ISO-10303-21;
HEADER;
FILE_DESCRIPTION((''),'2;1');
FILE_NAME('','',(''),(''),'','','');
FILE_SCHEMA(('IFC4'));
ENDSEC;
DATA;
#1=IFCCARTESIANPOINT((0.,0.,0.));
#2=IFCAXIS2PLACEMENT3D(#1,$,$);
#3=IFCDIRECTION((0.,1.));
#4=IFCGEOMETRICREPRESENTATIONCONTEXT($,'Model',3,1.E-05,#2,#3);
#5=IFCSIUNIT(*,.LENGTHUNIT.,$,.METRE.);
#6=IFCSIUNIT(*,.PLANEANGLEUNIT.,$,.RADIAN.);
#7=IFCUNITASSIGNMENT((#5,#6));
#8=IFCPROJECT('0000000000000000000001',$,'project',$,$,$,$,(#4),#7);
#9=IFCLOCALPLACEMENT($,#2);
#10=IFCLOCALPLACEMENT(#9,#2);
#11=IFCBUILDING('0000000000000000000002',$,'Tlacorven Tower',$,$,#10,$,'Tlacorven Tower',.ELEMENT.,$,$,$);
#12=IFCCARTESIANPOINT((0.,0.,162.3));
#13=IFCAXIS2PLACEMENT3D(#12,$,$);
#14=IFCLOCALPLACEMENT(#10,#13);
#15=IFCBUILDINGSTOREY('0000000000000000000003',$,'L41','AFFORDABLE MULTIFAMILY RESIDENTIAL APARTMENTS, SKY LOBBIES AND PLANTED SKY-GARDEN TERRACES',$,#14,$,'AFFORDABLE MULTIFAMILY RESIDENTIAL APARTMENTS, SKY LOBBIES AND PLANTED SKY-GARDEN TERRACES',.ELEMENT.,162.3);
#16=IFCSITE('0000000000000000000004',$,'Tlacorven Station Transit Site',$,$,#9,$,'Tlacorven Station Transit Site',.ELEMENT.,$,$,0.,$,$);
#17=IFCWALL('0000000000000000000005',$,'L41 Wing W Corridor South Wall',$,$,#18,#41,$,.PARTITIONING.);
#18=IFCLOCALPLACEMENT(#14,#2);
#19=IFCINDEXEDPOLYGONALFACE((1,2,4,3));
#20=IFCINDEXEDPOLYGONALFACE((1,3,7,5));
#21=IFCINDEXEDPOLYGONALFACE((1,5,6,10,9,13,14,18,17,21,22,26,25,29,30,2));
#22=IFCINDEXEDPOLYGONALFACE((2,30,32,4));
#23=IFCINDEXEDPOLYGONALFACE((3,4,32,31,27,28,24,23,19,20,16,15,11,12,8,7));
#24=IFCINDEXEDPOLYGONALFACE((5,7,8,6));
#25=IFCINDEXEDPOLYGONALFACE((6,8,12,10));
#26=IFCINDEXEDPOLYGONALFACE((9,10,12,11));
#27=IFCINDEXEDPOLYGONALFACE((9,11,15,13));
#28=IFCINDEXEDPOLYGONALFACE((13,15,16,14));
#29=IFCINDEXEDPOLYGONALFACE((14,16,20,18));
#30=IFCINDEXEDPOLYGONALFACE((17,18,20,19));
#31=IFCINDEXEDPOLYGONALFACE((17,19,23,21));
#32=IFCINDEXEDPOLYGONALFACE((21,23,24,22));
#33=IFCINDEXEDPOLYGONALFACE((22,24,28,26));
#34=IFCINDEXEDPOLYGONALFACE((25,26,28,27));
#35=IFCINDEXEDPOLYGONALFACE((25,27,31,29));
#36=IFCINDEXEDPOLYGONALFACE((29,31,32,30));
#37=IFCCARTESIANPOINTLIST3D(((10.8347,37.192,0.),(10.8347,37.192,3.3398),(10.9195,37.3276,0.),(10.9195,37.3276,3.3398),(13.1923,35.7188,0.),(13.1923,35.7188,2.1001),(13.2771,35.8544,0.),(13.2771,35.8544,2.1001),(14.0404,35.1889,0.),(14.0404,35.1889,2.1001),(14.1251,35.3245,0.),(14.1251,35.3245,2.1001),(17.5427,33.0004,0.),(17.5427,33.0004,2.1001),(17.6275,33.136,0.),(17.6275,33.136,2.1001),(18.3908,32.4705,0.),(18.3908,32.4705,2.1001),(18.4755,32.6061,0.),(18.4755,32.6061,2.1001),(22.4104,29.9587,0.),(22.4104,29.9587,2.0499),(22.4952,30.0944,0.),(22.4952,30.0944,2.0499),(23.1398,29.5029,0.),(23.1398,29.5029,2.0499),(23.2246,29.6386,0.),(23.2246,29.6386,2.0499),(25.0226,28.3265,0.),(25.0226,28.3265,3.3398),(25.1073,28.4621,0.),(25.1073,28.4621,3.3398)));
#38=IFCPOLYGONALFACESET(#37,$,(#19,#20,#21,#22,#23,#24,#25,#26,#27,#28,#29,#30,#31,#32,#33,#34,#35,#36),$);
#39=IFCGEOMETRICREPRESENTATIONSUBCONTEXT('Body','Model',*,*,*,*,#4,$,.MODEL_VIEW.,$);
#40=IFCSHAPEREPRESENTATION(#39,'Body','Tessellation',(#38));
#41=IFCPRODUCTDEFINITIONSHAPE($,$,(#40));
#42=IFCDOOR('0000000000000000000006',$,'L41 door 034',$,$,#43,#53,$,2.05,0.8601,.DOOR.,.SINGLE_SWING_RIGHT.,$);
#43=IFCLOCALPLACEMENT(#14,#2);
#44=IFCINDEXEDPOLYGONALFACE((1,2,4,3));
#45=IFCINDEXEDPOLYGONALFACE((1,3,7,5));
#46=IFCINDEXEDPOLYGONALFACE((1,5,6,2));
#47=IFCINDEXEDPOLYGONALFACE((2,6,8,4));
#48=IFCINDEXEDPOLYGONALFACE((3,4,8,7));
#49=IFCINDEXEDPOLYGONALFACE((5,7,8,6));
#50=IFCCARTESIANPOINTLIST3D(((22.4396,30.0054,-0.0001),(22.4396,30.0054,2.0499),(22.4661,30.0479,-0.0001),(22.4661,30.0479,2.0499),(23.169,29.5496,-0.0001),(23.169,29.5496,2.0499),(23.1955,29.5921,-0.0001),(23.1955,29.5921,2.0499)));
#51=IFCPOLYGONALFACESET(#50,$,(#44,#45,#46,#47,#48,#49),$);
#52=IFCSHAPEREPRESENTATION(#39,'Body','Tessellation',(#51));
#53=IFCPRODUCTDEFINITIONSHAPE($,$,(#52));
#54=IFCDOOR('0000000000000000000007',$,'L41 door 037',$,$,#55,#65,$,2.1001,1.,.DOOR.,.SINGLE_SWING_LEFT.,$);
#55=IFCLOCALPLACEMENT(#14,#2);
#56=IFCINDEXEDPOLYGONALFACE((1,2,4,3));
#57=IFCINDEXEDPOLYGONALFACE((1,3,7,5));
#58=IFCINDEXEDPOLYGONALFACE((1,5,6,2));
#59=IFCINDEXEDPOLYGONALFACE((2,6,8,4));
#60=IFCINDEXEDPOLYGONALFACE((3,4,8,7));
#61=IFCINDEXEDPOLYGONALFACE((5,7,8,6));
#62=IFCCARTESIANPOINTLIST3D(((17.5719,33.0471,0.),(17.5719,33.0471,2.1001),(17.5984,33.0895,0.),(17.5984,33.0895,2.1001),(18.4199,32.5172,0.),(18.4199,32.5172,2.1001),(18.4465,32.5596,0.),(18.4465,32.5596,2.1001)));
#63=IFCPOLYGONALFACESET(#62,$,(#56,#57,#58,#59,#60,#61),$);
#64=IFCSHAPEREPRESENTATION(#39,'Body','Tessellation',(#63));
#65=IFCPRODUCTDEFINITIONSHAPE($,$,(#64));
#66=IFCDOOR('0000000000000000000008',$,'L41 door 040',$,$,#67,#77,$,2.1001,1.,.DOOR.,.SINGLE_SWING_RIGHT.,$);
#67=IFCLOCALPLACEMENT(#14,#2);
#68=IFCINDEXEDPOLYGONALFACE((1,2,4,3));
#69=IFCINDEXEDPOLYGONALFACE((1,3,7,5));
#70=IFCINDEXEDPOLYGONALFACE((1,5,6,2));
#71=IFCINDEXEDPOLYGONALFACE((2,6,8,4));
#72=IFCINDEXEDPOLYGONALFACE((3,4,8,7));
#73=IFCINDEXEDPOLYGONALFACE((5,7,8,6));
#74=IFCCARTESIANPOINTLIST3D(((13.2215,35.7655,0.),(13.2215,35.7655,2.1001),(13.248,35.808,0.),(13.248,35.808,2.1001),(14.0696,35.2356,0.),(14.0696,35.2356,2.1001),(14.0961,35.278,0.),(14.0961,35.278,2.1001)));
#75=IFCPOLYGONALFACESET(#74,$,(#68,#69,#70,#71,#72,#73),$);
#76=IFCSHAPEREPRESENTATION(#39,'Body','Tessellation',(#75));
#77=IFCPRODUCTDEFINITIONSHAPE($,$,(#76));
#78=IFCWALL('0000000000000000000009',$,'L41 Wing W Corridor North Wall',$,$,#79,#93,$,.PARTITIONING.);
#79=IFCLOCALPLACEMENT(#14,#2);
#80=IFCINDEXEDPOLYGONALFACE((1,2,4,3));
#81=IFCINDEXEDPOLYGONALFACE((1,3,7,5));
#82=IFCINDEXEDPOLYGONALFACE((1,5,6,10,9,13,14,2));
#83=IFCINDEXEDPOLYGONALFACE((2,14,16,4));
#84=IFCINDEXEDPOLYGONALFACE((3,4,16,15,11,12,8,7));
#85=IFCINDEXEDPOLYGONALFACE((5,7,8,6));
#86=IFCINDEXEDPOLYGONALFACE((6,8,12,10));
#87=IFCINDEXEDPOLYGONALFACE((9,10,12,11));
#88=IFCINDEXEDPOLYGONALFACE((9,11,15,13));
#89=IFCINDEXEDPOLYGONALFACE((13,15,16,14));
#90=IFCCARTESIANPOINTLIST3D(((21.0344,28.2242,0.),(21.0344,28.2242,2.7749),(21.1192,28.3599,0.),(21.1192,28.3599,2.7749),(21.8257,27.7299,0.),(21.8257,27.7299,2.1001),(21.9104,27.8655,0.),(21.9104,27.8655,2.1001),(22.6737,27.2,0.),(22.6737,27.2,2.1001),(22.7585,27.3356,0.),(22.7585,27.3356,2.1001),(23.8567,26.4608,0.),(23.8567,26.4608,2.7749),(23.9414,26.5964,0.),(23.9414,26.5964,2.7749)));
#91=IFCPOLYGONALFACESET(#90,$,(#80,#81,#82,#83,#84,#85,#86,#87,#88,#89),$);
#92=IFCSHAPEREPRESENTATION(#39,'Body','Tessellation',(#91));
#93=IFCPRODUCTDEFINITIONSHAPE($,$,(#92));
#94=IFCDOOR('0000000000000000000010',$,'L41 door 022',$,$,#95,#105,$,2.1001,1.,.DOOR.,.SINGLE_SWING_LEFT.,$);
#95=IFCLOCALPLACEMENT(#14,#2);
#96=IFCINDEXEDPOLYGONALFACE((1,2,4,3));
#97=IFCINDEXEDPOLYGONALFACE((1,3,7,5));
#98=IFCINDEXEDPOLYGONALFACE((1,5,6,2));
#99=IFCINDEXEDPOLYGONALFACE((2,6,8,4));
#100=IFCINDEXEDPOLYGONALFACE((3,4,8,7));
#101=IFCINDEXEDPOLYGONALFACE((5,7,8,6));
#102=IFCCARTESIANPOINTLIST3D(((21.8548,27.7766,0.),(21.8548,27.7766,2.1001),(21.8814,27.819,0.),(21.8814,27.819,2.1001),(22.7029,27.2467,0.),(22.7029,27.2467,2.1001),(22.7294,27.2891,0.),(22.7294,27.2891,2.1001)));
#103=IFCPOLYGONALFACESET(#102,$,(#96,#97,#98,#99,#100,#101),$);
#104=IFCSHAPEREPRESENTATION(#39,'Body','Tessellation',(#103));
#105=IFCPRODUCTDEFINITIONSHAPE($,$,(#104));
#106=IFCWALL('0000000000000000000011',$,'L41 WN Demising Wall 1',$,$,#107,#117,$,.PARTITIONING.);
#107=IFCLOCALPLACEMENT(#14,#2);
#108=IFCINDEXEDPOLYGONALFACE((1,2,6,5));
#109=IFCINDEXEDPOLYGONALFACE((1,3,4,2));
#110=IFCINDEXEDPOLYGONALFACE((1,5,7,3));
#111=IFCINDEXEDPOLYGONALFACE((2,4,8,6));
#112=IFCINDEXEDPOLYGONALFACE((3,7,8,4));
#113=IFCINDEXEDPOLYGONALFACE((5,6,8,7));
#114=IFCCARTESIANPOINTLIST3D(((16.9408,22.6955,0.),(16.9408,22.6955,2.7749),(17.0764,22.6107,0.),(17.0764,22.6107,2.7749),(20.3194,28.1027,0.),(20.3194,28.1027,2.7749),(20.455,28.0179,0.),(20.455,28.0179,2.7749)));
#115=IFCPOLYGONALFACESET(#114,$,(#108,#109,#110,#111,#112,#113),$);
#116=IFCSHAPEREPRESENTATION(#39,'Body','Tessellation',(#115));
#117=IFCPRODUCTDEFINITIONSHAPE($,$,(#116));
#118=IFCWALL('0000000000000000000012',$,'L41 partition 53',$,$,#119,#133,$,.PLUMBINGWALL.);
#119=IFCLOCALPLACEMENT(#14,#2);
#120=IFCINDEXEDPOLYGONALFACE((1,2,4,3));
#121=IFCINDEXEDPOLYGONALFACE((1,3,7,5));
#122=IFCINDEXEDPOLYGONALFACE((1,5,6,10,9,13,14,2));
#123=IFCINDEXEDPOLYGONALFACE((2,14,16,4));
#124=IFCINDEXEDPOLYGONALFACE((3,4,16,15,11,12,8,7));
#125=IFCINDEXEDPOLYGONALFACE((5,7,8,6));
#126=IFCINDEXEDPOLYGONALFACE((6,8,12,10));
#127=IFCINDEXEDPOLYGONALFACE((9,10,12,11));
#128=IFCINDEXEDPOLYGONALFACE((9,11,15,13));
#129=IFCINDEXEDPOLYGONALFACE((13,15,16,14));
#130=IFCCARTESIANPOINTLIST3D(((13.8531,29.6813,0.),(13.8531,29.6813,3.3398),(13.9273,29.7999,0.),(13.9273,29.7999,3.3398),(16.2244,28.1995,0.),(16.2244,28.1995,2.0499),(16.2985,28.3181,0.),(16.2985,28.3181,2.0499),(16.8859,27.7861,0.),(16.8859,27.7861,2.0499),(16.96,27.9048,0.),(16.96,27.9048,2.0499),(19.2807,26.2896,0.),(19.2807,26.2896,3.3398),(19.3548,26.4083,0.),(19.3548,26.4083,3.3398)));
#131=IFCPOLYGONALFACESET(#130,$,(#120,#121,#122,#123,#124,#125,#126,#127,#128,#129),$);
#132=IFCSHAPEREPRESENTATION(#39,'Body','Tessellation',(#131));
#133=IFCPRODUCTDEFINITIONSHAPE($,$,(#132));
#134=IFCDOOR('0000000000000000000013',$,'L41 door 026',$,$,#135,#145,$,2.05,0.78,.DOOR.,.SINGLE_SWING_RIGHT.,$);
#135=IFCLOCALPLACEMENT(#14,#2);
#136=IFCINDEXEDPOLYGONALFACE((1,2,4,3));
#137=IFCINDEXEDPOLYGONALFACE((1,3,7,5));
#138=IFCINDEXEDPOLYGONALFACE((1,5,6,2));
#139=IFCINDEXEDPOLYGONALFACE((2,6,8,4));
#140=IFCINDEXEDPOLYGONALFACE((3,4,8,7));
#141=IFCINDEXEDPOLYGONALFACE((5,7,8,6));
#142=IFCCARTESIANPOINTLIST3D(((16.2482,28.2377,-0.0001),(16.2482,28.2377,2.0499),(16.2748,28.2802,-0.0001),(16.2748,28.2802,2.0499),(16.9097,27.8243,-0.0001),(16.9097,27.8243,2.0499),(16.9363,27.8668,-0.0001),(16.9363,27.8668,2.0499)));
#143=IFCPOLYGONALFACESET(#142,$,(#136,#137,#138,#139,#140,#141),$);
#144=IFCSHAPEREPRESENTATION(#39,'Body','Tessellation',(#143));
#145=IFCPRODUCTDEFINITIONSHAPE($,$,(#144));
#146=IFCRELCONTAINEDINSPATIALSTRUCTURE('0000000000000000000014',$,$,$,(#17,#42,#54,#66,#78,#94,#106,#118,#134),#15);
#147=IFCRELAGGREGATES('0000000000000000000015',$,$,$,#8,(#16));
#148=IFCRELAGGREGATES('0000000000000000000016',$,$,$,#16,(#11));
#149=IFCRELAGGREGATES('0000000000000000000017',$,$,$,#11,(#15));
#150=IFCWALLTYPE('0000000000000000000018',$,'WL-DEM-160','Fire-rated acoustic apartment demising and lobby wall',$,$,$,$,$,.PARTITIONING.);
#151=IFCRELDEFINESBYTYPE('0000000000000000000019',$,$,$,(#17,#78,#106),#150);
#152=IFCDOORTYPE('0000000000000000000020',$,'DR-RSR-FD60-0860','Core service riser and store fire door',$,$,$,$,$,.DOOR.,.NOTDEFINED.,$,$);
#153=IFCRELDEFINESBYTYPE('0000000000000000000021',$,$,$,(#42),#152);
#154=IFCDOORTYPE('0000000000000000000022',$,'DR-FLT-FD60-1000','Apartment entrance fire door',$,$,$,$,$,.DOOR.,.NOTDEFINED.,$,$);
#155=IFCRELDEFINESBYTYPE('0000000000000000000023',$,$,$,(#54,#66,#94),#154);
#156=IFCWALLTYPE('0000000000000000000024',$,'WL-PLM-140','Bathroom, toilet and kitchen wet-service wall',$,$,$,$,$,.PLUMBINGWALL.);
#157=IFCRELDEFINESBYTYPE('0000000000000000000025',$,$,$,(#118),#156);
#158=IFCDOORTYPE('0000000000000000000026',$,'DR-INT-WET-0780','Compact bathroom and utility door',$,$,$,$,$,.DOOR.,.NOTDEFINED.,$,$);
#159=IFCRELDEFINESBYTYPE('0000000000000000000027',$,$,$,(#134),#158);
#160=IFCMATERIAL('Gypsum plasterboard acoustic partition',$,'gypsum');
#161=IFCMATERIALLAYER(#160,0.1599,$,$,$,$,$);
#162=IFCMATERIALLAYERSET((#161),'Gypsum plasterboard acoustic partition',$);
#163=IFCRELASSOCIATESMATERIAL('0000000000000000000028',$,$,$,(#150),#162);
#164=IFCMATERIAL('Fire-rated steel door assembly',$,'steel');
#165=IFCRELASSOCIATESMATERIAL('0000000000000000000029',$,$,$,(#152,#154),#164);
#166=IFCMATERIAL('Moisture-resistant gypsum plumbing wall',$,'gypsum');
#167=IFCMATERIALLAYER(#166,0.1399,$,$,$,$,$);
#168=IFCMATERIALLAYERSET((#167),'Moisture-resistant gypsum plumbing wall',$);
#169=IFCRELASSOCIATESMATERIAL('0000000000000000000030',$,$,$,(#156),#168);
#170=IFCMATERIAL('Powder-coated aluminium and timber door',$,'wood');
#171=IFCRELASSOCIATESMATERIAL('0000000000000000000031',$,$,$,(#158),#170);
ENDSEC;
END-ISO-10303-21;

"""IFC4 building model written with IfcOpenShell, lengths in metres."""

from ifc_helpers import new_model, si_unit, direction, frame, frame_2d, origin, place, context, subcontext, project, spatial, rectangle, extrude, source, transform, mapped, material, layer, layer_set, type_object, element, fill, save


model = new_model("IFC4")

# Units and contexts
model_context = context("Model", 3, precision=1e-05, world=origin(), true_north=direction((0.0, 1.0)))
body_context = subcontext(model_context, "Body", "Model", "MODEL_VIEW")
ifc_project = project(units=[si_unit("LENGTHUNIT", "METRE"), si_unit("PLANEANGLEUNIT", "RADIAN")], contexts=[model_context])

# Site, building, storey
site_placement = place(None, origin())
site = spatial("IfcSite", under=ifc_project, at=site_placement, Name="Tlacorven Station Transit Site", LongName="Tlacorven Station Transit Site", CompositionType="ELEMENT", RefElevation=0.0)
building_placement = place(site_placement, origin())
building = spatial("IfcBuilding", under=site, at=building_placement, Name="Tlacorven Tower", LongName="Tlacorven Tower", CompositionType="ELEMENT")
storey_placement = place(building_placement, frame((0.0, 0.0, 162.3)))
storey = spatial("IfcBuildingStorey", under=building, at=storey_placement, Name="L41", Description="AFFORDABLE MULTIFAMILY RESIDENTIAL APARTMENTS, SKY LOBBIES AND PLANTED SKY-GARDEN TERRACES", LongName="AFFORDABLE MULTIFAMILY RESIDENTIAL APARTMENTS, SKY LOBBIES AND PLANTED SKY-GARDEN TERRACES", CompositionType="ELEMENT", Elevation=162.3)

# Shared definitions
ifc_material_1 = material(Name="Gypsum plasterboard acoustic partition", Category="gypsum")
ifc_layer_1 = layer(ifc_material_1, 0.1599)
ifc_layer_set_1 = layer_set([ifc_layer_1], Name="Gypsum plasterboard acoustic partition")
wall_type_1 = type_object("IfcWallType", Name="WL-DEM-160", Description="Fire-rated acoustic apartment demising and lobby wall", PredefinedType="PARTITIONING", material=ifc_layer_set_1)
ifc_material_2 = material(Name="Fire-rated steel door assembly", Category="steel")
door_type_1 = type_object("IfcDoorType", Name="DR-RSR-FD60-0860", Description="Core service riser and store fire door", OperationType="NOTDEFINED", PredefinedType="DOOR", material=ifc_material_2)
shared_shape_1 = source(origin(), body_context, "Body", "SweptSolid", [
    extrude(rectangle(XDim=0.8601, YDim=2.05, at=frame_2d((0.4302, 1.0249))), frame((0.0, 0.0249, 0.0), z_axis=(0.0, -1.0, 0.0), x_axis=(1.0, 0.0, 0.0)), (0.0, 0.0, 1.0), 0.05),
])

# Wall, openings, doors
wall_1_placement = place(storey_placement, frame((25.0649, 28.3943, 0.0), z_axis=(0.0, 0.0, 1.0), x_axis=(-0.848048, 0.529919, 0.0)))
wall_1 = element("IfcWall", 1, at=wall_1_placement, inside=storey, type_object=wall_type_1, Name="L41 Wing W Corridor South Wall", PredefinedType="PARTITIONING", context=body_context, shape_type="SweptSolid", body=[
    extrude(rectangle(XDim=16.73, YDim=0.1599, at=frame_2d((8.365, 0.0))), origin(), (0.0, 0.0, 1.0), 3.3398),
])
opening_1_placement = place(wall_1_placement, frame((2.22, 0.0, 0.0)))
opening_1 = element("IfcOpeningElement", 2, at=opening_1_placement, cuts=wall_1, PredefinedType="OPENING", context=body_context, shape_type="SweptSolid", body=[
    extrude(rectangle(XDim=0.8601, YDim=2.05, at=frame_2d((0.4302, 1.0249))), frame((0.0, 0.0898, 0.0), z_axis=(0.0, -1.0, 0.0), x_axis=(1.0, 0.0, 0.0)), (0.0, 0.0, 1.0), 0.1799),
])
opening_2_placement = place(wall_1_placement, frame((7.8201, 0.0, 0.0)))
opening_2 = element("IfcOpeningElement", 3, at=opening_2_placement, cuts=wall_1, PredefinedType="OPENING", context=body_context, shape_type="SweptSolid", body=[
    extrude(rectangle(XDim=1.0, YDim=2.1001, at=frame_2d((0.5, 1.05))), frame((0.0, 0.0898, 0.0), z_axis=(0.0, -1.0, 0.0), x_axis=(1.0, 0.0, 0.0)), (0.0, 0.0, 1.0), 0.1799),
])
opening_3_placement = place(wall_1_placement, frame((12.95, 0.0, 0.0)))
opening_3 = element("IfcOpeningElement", 4, at=opening_3_placement, cuts=wall_1, PredefinedType="OPENING", context=body_context, shape_type="SweptSolid", body=[
    extrude(rectangle(XDim=1.0, YDim=2.1001, at=frame_2d((0.5, 1.05))), frame((0.0, 0.0898, 0.0), z_axis=(0.0, -1.0, 0.0), x_axis=(1.0, 0.0, 0.0)), (0.0, 0.0, 1.0), 0.1799),
])
door_1_placement = place(opening_1_placement, origin())
door_1 = element("IfcDoor", 5, at=door_1_placement, inside=storey, type_object=door_type_1, Name="L41 door 034", OperationType="SINGLE_SWING_RIGHT", OverallHeight=2.05, OverallWidth=0.8601, PredefinedType="DOOR", context=body_context, shape_type="MappedRepresentation", body=[
    mapped(shared_shape_1, transform((0.0, 0.0, 0.0), scale=1.0)),
])
fill(opening_1, door_1)
door_type_2 = type_object("IfcDoorType", Name="DR-FLT-FD60-1000", Description="Apartment entrance fire door", OperationType="NOTDEFINED", PredefinedType="DOOR", material=ifc_material_2)
shared_shape_2 = source(origin(), body_context, "Body", "SweptSolid", [
    extrude(rectangle(XDim=1.0, YDim=2.1001, at=frame_2d((0.5, 1.05))), frame((0.0, 0.0249, 0.0), z_axis=(0.0, -1.0, 0.0), x_axis=(1.0, 0.0, 0.0)), (0.0, 0.0, 1.0), 0.05),
])
door_2_placement = place(opening_2_placement, origin())
door_2 = element("IfcDoor", 6, at=door_2_placement, inside=storey, type_object=door_type_2, Name="L41 door 037", OperationType="SINGLE_SWING_LEFT", OverallHeight=2.1001, OverallWidth=1.0, PredefinedType="DOOR", context=body_context, shape_type="MappedRepresentation", body=[
    mapped(shared_shape_2, transform((0.0, 0.0, 0.0), scale=1.0)),
])
fill(opening_2, door_2)
door_3_placement = place(opening_3_placement, origin())
door_3 = element("IfcDoor", 7, at=door_3_placement, inside=storey, type_object=door_type_2, Name="L41 door 040", OperationType="SINGLE_SWING_RIGHT", OverallHeight=2.1001, OverallWidth=1.0, PredefinedType="DOOR", context=body_context, shape_type="MappedRepresentation", body=[
    mapped(shared_shape_2, transform((0.0, 0.0, 0.0), scale=1.0)),
])
fill(opening_3, door_3)

# Wall, opening, door
wall_2_placement = place(storey_placement, frame((23.8992, 26.5286, 0.0), z_axis=(0.0, 0.0, 1.0), x_axis=(-0.848064, 0.529893, 0.0)))
wall_2 = element("IfcWall", 8, at=wall_2_placement, inside=storey, type_object=wall_type_1, Name="L41 Wing W Corridor North Wall", PredefinedType="PARTITIONING", context=body_context, shape_type="SweptSolid", body=[
    extrude(rectangle(XDim=3.3279, YDim=0.1599, at=frame_2d((1.6641, 0.0))), origin(), (0.0, 0.0, 1.0), 2.7749),
])
opening_4_placement = place(wall_2_placement, frame((1.395, 0.0, 0.0)))
opening_4 = element("IfcOpeningElement", 9, at=opening_4_placement, cuts=wall_2, PredefinedType="OPENING", context=body_context, shape_type="SweptSolid", body=[
    extrude(rectangle(XDim=1.0, YDim=2.1001, at=frame_2d((0.5, 1.05))), frame((0.0, 0.0898, 0.0), z_axis=(0.0, -1.0, 0.0), x_axis=(1.0, 0.0, 0.0)), (0.0, 0.0, 1.0), 0.1799),
])
door_4_placement = place(opening_4_placement, origin())
door_4 = element("IfcDoor", 10, at=door_4_placement, inside=storey, type_object=door_type_2, Name="L41 door 022", OperationType="SINGLE_SWING_LEFT", OverallHeight=2.1001, OverallWidth=1.0, PredefinedType="DOOR", context=body_context, shape_type="MappedRepresentation", body=[
    mapped(shared_shape_2, transform((0.0, 0.0, 0.0), scale=1.0)),
])
fill(opening_4, door_4)

# Wall
wall_3_placement = place(storey_placement, frame((20.3872, 28.0603, 0.0), z_axis=(0.0, 0.0, 1.0), x_axis=(-0.529903, -0.848059, 0.0)))
element("IfcWall", 11, at=wall_3_placement, inside=storey, type_object=wall_type_1, Name="L41 WN Demising Wall 1", PredefinedType="PARTITIONING", context=body_context, shape_type="SweptSolid", body=[
    extrude(rectangle(XDim=6.376, YDim=0.1599, at=frame_2d((3.188, 0.0))), origin(), (0.0, 0.0, 1.0), 2.7749),
])

# Wall, opening, door
ifc_material_3 = material(Name="Moisture-resistant gypsum plumbing wall", Category="gypsum")
ifc_layer_2 = layer(ifc_material_3, 0.1399)
ifc_layer_set_2 = layer_set([ifc_layer_2], Name="Moisture-resistant gypsum plumbing wall")
wall_type_2 = type_object("IfcWallType", Name="WL-PLM-140", Description="Bathroom, toilet and kitchen wet-service wall", PredefinedType="PLUMBINGWALL", material=ifc_layer_set_2)
wall_4_placement = place(storey_placement, frame((19.3179, 26.3489, 0.0), z_axis=(0.0, 0.0, 1.0), x_axis=(-0.848039, 0.529934, 0.0)))
wall_4 = element("IfcWall", 12, at=wall_4_placement, inside=storey, type_object=wall_type_2, Name="L41 partition 53", PredefinedType="PLUMBINGWALL", context=body_context, shape_type="SweptSolid", body=[
    extrude(rectangle(XDim=6.4001, YDim=0.1399, at=frame_2d((3.2002, 0.0))), origin(), (0.0, 0.0, 1.0), 3.3398),
])
opening_5_placement = place(wall_4_placement, frame((2.824, 0.0, 0.0)))
opening_5 = element("IfcOpeningElement", 13, at=opening_5_placement, cuts=wall_4, PredefinedType="OPENING", context=body_context, shape_type="SweptSolid", body=[
    extrude(rectangle(XDim=0.78, YDim=2.05, at=frame_2d((0.3901, 1.0249))), frame((0.0, 0.0801, 0.0), z_axis=(0.0, -1.0, 0.0), x_axis=(1.0, 0.0, 0.0)), (0.0, 0.0, 1.0), 0.1599),
])
ifc_material_4 = material(Name="Powder-coated aluminium and timber door", Category="wood")
door_type_3 = type_object("IfcDoorType", Name="DR-INT-WET-0780", Description="Compact bathroom and utility door", OperationType="NOTDEFINED", PredefinedType="DOOR", material=ifc_material_4)
shared_shape_3 = source(origin(), body_context, "Body", "SweptSolid", [
    extrude(rectangle(XDim=0.78, YDim=2.05, at=frame_2d((0.3901, 1.0249))), frame((0.0, 0.0249, 0.0), z_axis=(0.0, -1.0, 0.0), x_axis=(1.0, 0.0, 0.0)), (0.0, 0.0, 1.0), 0.05),
])
door_5_placement = place(opening_5_placement, origin())
door_5 = element("IfcDoor", 14, at=door_5_placement, inside=storey, type_object=door_type_3, Name="L41 door 026", OperationType="SINGLE_SWING_RIGHT", OverallHeight=2.05, OverallWidth=0.78, PredefinedType="DOOR", context=body_context, shape_type="MappedRepresentation", body=[
    mapped(shared_shape_3, transform((0.0, 0.0, 0.0), scale=1.0)),
])
fill(opening_5, door_5)

save(model, "model.ifc")
